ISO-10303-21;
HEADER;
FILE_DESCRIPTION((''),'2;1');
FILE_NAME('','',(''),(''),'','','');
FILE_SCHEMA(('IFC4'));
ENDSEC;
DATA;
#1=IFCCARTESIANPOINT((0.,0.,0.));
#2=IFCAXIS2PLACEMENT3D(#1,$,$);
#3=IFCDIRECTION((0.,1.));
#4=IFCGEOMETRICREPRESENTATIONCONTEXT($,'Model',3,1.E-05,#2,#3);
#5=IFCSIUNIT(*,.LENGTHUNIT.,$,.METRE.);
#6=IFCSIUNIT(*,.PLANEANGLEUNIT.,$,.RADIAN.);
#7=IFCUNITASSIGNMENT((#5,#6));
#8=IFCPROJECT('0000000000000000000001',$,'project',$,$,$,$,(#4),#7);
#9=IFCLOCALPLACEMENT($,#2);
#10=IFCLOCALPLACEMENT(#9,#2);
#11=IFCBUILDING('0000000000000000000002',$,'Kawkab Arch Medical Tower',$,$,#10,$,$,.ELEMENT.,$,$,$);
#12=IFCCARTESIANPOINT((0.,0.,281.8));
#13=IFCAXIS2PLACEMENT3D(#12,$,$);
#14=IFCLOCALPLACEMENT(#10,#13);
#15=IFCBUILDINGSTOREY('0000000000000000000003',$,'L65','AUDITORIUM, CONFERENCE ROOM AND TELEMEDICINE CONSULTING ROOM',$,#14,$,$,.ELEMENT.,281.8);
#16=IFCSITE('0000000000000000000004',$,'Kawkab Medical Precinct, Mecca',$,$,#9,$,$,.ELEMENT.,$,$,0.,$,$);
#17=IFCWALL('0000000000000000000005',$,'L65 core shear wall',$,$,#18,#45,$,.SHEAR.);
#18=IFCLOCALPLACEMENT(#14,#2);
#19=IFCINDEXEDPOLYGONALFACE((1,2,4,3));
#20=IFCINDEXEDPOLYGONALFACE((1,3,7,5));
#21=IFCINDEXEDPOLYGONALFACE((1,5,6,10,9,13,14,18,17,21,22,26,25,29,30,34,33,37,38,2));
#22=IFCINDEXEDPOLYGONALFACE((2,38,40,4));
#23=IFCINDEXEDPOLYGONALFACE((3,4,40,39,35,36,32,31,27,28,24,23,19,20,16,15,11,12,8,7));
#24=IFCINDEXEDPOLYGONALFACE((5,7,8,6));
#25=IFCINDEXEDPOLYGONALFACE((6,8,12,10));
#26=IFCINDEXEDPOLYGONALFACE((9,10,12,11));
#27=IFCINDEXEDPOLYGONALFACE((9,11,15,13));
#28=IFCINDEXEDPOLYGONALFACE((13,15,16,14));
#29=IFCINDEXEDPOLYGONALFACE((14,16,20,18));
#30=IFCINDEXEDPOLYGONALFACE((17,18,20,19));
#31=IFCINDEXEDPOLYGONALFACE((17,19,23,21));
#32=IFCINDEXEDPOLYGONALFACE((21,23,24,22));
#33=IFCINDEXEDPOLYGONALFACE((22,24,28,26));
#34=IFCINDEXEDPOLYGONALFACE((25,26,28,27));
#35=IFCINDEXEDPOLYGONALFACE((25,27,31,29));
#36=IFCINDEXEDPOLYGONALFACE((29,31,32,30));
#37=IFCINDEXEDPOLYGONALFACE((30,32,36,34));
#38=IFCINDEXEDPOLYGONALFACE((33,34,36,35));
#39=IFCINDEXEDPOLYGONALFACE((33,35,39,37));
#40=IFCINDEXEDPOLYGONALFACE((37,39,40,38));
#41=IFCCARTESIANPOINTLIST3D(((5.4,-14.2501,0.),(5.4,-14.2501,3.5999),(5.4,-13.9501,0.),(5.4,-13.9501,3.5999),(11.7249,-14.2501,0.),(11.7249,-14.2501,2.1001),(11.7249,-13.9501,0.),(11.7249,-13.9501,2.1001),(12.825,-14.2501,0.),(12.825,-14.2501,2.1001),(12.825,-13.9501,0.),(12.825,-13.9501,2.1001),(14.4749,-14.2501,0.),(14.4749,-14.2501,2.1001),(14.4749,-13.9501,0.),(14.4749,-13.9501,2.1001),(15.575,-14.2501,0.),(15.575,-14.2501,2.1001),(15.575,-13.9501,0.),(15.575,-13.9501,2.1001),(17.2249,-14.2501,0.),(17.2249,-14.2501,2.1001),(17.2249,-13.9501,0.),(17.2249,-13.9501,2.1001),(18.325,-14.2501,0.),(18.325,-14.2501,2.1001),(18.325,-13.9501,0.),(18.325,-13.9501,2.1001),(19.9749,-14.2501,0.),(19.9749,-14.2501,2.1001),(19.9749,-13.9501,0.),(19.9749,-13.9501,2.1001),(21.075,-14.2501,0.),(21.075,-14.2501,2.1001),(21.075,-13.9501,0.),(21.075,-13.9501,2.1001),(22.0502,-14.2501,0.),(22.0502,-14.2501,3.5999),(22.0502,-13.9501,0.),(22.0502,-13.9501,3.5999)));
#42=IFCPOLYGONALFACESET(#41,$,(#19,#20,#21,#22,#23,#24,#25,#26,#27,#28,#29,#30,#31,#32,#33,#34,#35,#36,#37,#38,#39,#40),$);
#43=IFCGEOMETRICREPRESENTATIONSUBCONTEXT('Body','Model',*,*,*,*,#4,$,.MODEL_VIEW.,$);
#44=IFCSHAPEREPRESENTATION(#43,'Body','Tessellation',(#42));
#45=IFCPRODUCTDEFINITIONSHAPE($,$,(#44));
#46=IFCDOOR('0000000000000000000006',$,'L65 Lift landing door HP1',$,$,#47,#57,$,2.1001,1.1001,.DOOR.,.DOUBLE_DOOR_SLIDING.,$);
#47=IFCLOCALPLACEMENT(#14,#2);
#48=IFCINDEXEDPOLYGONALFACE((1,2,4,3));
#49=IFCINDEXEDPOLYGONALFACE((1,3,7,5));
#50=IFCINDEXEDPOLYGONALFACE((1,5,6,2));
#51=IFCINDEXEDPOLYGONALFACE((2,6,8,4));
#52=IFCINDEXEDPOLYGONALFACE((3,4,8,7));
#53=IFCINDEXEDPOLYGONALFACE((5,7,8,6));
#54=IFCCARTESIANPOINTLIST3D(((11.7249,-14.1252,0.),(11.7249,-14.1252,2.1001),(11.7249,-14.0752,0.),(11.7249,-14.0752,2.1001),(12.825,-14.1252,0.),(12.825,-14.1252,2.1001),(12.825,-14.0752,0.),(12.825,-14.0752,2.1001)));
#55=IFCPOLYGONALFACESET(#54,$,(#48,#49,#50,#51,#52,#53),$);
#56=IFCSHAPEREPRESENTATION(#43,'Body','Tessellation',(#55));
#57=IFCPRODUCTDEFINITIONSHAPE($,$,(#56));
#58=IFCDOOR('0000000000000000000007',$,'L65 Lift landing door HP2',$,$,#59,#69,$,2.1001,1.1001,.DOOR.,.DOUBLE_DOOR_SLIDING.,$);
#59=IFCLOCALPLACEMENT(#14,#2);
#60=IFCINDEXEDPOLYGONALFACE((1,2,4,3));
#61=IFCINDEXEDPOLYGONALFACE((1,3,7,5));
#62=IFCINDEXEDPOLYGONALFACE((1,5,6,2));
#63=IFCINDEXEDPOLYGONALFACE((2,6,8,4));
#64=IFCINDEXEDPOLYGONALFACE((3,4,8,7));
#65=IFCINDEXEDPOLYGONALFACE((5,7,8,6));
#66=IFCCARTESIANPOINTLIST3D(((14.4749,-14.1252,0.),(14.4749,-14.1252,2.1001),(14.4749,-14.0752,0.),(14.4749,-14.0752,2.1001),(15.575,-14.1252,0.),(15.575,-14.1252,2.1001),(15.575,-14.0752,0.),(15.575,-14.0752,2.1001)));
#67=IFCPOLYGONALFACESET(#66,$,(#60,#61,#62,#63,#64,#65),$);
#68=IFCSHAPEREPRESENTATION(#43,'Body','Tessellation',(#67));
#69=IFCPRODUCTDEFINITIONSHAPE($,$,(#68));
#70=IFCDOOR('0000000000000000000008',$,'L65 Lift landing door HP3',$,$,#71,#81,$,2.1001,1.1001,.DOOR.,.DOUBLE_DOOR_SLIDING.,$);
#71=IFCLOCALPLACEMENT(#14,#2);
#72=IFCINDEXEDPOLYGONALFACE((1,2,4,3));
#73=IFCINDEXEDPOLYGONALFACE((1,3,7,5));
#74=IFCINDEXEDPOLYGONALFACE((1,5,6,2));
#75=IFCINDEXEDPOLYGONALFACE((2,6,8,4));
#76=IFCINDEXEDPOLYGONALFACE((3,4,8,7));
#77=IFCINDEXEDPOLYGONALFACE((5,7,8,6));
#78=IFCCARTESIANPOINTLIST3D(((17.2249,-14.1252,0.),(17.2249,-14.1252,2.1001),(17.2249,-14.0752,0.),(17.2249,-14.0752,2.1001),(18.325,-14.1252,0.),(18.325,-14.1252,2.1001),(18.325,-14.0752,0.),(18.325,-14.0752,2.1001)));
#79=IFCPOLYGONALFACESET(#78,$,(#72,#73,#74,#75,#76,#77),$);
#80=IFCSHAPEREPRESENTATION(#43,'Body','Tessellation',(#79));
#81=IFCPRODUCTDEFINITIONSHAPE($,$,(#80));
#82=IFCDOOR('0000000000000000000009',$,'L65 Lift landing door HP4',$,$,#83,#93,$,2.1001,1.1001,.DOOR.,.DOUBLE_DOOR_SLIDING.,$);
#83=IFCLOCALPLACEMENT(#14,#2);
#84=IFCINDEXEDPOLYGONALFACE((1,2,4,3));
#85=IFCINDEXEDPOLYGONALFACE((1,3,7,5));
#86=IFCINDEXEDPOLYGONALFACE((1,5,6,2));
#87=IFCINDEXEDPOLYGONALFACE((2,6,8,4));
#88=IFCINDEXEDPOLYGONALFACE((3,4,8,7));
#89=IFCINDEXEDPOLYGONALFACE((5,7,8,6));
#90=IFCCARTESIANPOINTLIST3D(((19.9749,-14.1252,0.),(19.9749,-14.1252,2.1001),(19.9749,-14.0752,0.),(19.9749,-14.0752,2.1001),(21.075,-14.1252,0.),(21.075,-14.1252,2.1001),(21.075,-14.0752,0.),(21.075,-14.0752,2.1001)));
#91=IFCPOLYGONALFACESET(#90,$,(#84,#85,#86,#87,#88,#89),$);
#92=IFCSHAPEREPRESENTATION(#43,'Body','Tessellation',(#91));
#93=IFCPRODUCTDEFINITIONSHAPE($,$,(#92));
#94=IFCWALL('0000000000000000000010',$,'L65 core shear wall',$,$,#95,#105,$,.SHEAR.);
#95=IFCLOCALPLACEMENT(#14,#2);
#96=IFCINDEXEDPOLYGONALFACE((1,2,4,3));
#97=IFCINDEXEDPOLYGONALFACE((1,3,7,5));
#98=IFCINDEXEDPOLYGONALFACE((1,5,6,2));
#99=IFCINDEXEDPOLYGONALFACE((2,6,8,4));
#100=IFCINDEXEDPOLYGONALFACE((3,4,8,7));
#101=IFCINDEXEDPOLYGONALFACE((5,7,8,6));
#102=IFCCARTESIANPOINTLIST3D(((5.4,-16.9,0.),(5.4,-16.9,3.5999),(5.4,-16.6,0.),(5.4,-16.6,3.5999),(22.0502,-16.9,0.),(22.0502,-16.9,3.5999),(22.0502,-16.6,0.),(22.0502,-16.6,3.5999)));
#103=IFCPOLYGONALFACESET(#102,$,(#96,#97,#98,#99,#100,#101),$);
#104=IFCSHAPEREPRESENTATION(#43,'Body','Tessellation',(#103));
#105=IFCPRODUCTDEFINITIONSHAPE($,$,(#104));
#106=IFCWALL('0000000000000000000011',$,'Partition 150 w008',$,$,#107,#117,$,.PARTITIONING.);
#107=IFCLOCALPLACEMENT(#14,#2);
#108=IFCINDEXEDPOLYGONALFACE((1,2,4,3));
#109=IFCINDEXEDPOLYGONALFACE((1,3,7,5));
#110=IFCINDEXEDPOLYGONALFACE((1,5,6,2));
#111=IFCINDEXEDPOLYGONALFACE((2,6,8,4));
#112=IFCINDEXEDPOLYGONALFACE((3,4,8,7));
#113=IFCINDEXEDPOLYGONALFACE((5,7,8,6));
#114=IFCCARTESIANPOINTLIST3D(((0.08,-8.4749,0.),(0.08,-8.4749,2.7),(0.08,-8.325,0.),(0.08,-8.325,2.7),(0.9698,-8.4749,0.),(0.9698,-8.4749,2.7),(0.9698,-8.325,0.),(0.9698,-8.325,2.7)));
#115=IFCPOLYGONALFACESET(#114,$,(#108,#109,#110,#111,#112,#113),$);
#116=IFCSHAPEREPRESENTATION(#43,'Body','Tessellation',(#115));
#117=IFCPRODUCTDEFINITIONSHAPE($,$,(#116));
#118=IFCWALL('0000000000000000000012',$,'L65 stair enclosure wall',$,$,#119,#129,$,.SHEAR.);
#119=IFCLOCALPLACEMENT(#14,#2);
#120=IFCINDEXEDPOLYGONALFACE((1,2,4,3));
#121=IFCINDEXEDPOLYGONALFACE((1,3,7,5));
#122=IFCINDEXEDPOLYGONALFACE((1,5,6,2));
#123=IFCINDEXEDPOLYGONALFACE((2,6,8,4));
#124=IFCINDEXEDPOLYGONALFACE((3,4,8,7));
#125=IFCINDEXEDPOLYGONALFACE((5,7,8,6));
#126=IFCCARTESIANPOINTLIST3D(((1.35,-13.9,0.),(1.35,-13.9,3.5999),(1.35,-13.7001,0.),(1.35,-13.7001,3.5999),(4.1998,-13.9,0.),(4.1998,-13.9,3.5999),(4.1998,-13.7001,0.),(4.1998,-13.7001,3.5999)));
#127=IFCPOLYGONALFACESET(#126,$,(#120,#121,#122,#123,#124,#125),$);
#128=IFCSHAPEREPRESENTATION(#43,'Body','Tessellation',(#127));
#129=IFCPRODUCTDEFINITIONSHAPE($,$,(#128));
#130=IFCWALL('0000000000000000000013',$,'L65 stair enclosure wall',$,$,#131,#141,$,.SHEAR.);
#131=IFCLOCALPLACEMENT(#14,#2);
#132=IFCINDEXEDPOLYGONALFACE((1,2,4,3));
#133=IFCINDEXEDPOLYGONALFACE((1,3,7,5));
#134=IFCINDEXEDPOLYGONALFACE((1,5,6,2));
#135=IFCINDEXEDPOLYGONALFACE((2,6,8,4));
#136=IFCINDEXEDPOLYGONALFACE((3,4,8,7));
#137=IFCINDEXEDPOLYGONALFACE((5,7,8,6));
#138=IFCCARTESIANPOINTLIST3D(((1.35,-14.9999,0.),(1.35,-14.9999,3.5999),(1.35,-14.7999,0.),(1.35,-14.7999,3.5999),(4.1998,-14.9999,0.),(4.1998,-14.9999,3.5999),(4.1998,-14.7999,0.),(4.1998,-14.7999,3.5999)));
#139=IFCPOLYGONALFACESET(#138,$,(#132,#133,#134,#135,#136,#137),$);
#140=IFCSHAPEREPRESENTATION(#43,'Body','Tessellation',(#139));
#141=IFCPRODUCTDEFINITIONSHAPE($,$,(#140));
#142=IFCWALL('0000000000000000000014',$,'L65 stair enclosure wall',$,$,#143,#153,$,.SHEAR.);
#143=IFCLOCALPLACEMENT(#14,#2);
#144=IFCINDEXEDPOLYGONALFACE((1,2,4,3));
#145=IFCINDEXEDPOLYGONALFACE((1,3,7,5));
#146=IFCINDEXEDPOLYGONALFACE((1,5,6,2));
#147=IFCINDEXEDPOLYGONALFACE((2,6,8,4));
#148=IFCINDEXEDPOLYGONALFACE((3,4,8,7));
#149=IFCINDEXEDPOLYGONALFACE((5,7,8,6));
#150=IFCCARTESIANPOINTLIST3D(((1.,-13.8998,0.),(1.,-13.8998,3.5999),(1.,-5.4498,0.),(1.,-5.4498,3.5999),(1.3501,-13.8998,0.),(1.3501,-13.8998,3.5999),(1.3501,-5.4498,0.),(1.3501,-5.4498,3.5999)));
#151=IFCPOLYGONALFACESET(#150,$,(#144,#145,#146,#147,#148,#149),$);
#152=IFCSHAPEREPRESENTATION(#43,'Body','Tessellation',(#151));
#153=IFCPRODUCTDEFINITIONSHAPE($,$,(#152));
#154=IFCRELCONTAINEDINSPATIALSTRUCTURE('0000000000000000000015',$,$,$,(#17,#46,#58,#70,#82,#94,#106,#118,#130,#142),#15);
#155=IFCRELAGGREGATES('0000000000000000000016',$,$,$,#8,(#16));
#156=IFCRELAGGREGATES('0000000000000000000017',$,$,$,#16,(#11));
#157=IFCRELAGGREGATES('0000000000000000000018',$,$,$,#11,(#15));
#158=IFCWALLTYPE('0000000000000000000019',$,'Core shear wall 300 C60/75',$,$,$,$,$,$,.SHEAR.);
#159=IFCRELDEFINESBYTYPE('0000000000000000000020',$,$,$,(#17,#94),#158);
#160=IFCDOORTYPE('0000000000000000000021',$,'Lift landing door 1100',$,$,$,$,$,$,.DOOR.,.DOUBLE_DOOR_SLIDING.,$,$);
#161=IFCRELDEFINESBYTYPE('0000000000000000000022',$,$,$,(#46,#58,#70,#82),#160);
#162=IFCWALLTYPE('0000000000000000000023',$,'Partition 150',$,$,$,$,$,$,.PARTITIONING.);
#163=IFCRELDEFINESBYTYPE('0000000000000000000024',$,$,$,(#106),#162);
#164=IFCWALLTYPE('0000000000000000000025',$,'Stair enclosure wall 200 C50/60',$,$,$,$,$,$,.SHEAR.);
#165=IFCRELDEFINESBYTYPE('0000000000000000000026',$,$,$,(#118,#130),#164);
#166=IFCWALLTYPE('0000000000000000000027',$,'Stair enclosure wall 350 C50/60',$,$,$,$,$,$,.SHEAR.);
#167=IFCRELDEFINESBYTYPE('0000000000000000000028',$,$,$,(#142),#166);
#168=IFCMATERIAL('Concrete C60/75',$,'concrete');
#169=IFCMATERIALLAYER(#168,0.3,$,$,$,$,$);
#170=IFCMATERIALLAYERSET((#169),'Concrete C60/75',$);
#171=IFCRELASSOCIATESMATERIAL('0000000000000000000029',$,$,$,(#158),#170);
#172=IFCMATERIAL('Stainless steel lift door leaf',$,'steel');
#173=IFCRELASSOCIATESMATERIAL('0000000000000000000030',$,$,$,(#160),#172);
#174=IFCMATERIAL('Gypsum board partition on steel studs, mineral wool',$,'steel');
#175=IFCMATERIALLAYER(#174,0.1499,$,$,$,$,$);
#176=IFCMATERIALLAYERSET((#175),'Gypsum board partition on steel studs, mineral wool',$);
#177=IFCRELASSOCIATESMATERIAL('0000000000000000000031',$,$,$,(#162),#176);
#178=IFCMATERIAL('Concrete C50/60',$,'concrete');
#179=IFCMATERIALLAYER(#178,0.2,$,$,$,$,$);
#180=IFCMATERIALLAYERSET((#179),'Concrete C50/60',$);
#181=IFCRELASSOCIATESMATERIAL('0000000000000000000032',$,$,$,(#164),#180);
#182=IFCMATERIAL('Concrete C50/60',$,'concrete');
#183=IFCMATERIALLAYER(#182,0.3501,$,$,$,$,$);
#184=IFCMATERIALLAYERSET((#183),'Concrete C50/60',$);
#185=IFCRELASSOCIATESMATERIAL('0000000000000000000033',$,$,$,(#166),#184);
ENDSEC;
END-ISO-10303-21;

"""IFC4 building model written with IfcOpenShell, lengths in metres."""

from ifc_helpers import new_model, si_unit, direction, frame, frame_2d, origin, place, context, subcontext, project, spatial, rectangle, extrude, material, layer, layer_set, type_object, element, fill, save


model = new_model("IFC4")

# Units and contexts
model_context = context("Model", 3, precision=1e-05, world=origin(), true_north=direction((0.0, 1.0)))
body_context = subcontext(model_context, "Body", "Model", "MODEL_VIEW")
ifc_project = project(units=[si_unit("LENGTHUNIT", "METRE"), si_unit("PLANEANGLEUNIT", "RADIAN")], contexts=[model_context])

# Site, building, storey
site_placement = place(None, origin())
site = spatial("IfcSite", under=ifc_project, at=site_placement, Name="Kawkab Medical Precinct, Mecca", CompositionType="ELEMENT", RefElevation=0.0)
building_placement = place(site_placement, origin())
building = spatial("IfcBuilding", under=site, at=building_placement, Name="Kawkab Arch Medical Tower", CompositionType="ELEMENT")
storey_placement = place(building_placement, frame((0.0, 0.0, 281.8)))
storey = spatial("IfcBuildingStorey", under=building, at=storey_placement, Name="L65", Description="AUDITORIUM, CONFERENCE ROOM AND TELEMEDICINE CONSULTING ROOM", CompositionType="ELEMENT", Elevation=281.8)

# Wall, openings, doors
ifc_material_1 = material(Name="Concrete C60/75", Category="concrete")
ifc_layer_1 = layer(ifc_material_1, 0.3)
ifc_layer_set_1 = layer_set([ifc_layer_1], Name="Concrete C60/75")
wall_type_1 = type_object("IfcWallType", Name="Core shear wall 300 C60/75", PredefinedType="SHEAR", material=ifc_layer_set_1)
wall_1_placement = place(storey_placement, frame((5.3999, -14.1001, 0.0), z_axis=(0.0, 0.0, 1.0), x_axis=(1.0, 0.0, 0.0)))
wall_1 = element("IfcWall", 1, at=wall_1_placement, inside=storey, type_object=wall_type_1, Name="L65 core shear wall", PredefinedType="SHEAR", context=body_context, shape_type="SweptSolid", body=[
    extrude(rectangle(XDim=16.6501, YDim=0.3, at=frame_2d((8.3252, 0.0))), origin(), (0.0, 0.0, 1.0), 3.5999),
])
opening_1_placement = place(wall_1_placement, frame((6.325, 0.0, 0.0)))
opening_1 = element("IfcOpeningElement", 2, at=opening_1_placement, cuts=wall_1, PredefinedType="OPENING", context=body_context, shape_type="SweptSolid", body=[
    extrude(rectangle(XDim=1.1001, YDim=2.1001, at=frame_2d((0.55, 1.05))), frame((0.0, 0.1599, 0.0), z_axis=(0.0, -1.0, 0.0), x_axis=(1.0, 0.0, 0.0)), (0.0, 0.0, 1.0), 0.3201),
])
opening_2_placement = place(wall_1_placement, frame((9.075, 0.0, 0.0)))
opening_2 = element("IfcOpeningElement", 3, at=opening_2_placement, cuts=wall_1, PredefinedType="OPENING", context=body_context, shape_type="SweptSolid", body=[
    extrude(rectangle(XDim=1.1001, YDim=2.1001, at=frame_2d((0.55, 1.05))), frame((0.0, 0.1599, 0.0), z_axis=(0.0, -1.0, 0.0), x_axis=(1.0, 0.0, 0.0)), (0.0, 0.0, 1.0), 0.3201),
])
opening_3_placement = place(wall_1_placement, frame((11.825, 0.0, 0.0)))
opening_3 = element("IfcOpeningElement", 4, at=opening_3_placement, cuts=wall_1, PredefinedType="OPENING", context=body_context, shape_type="SweptSolid", body=[
    extrude(rectangle(XDim=1.1001, YDim=2.1001, at=frame_2d((0.55, 1.05))), frame((0.0, 0.1599, 0.0), z_axis=(0.0, -1.0, 0.0), x_axis=(1.0, 0.0, 0.0)), (0.0, 0.0, 1.0), 0.3201),
])
opening_4_placement = place(wall_1_placement, frame((14.575, 0.0, 0.0)))
opening_4 = element("IfcOpeningElement", 5, at=opening_4_placement, cuts=wall_1, PredefinedType="OPENING", context=body_context, shape_type="SweptSolid", body=[
    extrude(rectangle(XDim=1.1001, YDim=2.1001, at=frame_2d((0.55, 1.05))), frame((0.0, 0.1599, 0.0), z_axis=(0.0, -1.0, 0.0), x_axis=(1.0, 0.0, 0.0)), (0.0, 0.0, 1.0), 0.3201),
])
ifc_material_2 = material(Name="Stainless steel lift door leaf", Category="steel")
door_type = type_object("IfcDoorType", Name="Lift landing door 1100", OperationType="DOUBLE_DOOR_SLIDING", PredefinedType="DOOR", material=ifc_material_2)
door_1_placement = place(opening_1_placement, origin())
door_1 = element("IfcDoor", 6, at=door_1_placement, inside=storey, type_object=door_type, Name="L65 Lift landing door HP1", OperationType="DOUBLE_DOOR_SLIDING", OverallHeight=2.1001, OverallWidth=1.1001, PredefinedType="DOOR", context=body_context, shape_type="SweptSolid", body=[
    extrude(rectangle(XDim=1.1001, YDim=2.1001, at=frame_2d((0.55, 1.05))), frame((0.0, 0.0249, 0.0), z_axis=(0.0, -1.0, 0.0), x_axis=(1.0, 0.0, 0.0)), (0.0, 0.0, 1.0), 0.05),
])
fill(opening_1, door_1)
door_2_placement = place(opening_2_placement, origin())
door_2 = element("IfcDoor", 7, at=door_2_placement, inside=storey, type_object=door_type, Name="L65 Lift landing door HP2", OperationType="DOUBLE_DOOR_SLIDING", OverallHeight=2.1001, OverallWidth=1.1001, PredefinedType="DOOR", context=body_context, shape_type="SweptSolid", body=[
    extrude(rectangle(XDim=1.1001, YDim=2.1001, at=frame_2d((0.55, 1.05))), frame((0.0, 0.0249, 0.0), z_axis=(0.0, -1.0, 0.0), x_axis=(1.0, 0.0, 0.0)), (0.0, 0.0, 1.0), 0.05),
])
fill(opening_2, door_2)
door_3_placement = place(opening_3_placement, origin())
door_3 = element("IfcDoor", 8, at=door_3_placement, inside=storey, type_object=door_type, Name="L65 Lift landing door HP3", OperationType="DOUBLE_DOOR_SLIDING", OverallHeight=2.1001, OverallWidth=1.1001, PredefinedType="DOOR", context=body_context, shape_type="SweptSolid", body=[
    extrude(rectangle(XDim=1.1001, YDim=2.1001, at=frame_2d((0.55, 1.05))), frame((0.0, 0.0249, 0.0), z_axis=(0.0, -1.0, 0.0), x_axis=(1.0, 0.0, 0.0)), (0.0, 0.0, 1.0), 0.05),
])
fill(opening_3, door_3)
door_4_placement = place(opening_4_placement, origin())
door_4 = element("IfcDoor", 9, at=door_4_placement, inside=storey, type_object=door_type, Name="L65 Lift landing door HP4", OperationType="DOUBLE_DOOR_SLIDING", OverallHeight=2.1001, OverallWidth=1.1001, PredefinedType="DOOR", context=body_context, shape_type="SweptSolid", body=[
    extrude(rectangle(XDim=1.1001, YDim=2.1001, at=frame_2d((0.55, 1.05))), frame((0.0, 0.0249, 0.0), z_axis=(0.0, -1.0, 0.0), x_axis=(1.0, 0.0, 0.0)), (0.0, 0.0, 1.0), 0.05),
])
fill(opening_4, door_4)

# Walls
wall_2_placement = place(storey_placement, frame((5.3999, -16.75, 0.0), z_axis=(0.0, 0.0, 1.0), x_axis=(1.0, 0.0, 0.0)))
element("IfcWall", 10, at=wall_2_placement, inside=storey, type_object=wall_type_1, Name="L65 core shear wall", PredefinedType="SHEAR", context=body_context, shape_type="SweptSolid", body=[
    extrude(rectangle(XDim=16.6501, YDim=0.3, at=frame_2d((8.3252, 0.0))), origin(), (0.0, 0.0, 1.0), 3.5999),
])
ifc_material_3 = material(Name="Gypsum board partition on steel studs, mineral wool", Category="steel")
ifc_layer_2 = layer(ifc_material_3, 0.1499)
ifc_layer_set_2 = layer_set([ifc_layer_2], Name="Gypsum board partition on steel studs, mineral wool")
wall_type_2 = type_object("IfcWallType", Name="Partition 150", PredefinedType="PARTITIONING", material=ifc_layer_set_2)
wall_3_placement = place(storey_placement, frame((0.0801, -8.3999, 0.0), z_axis=(0.0, 0.0, 1.0), x_axis=(1.0, 0.0, 0.0)))
element("IfcWall", 11, at=wall_3_placement, inside=storey, type_object=wall_type_2, Name="Partition 150 w008", PredefinedType="PARTITIONING", context=body_context, shape_type="SweptSolid", body=[
    extrude(rectangle(XDim=0.8899, YDim=0.1499, at=frame_2d((0.4448, 0.0))), origin(), (0.0, 0.0, 1.0), 2.7),
])
ifc_material_4 = material(Name="Concrete C50/60", Category="concrete")
ifc_layer_3 = layer(ifc_material_4, 0.2)
ifc_layer_set_3 = layer_set([ifc_layer_3], Name="Concrete C50/60")
wall_type_3 = type_object("IfcWallType", Name="Stair enclosure wall 200 C50/60", PredefinedType="SHEAR", material=ifc_layer_set_3)
for number, where, z_axis, x_axis, name in (
    (12, (1.3501, -13.8, 0.0), (0.0, 0.0, 1.0), (1.0, 0.0, 0.0), "L65 stair enclosure wall"),
    (13, (1.3501, -14.8999, 0.0), (0.0, 0.0, 1.0), (1.0, 0.0, 0.0), "L65 stair enclosure wall"),
):
    element("IfcWall", number, at=place(storey_placement, frame(where, z_axis=z_axis, x_axis=x_axis)), inside=storey, type_object=wall_type_3, Name=name, PredefinedType="SHEAR", context=body_context, shape_type="SweptSolid", body=[
        extrude(rectangle(XDim=2.8499, YDim=0.2, at=frame_2d((1.4248, 0.0))), origin(), (0.0, 0.0, 1.0), 3.5999),
    ])
ifc_material_5 = material(Name="Concrete C50/60", Category="concrete")
ifc_layer_4 = layer(ifc_material_5, 0.3501)
ifc_layer_set_4 = layer_set([ifc_layer_4], Name="Concrete C50/60")
wall_type_4 = type_object("IfcWallType", Name="Stair enclosure wall 350 C50/60", PredefinedType="SHEAR", material=ifc_layer_set_4)
wall_4_placement = place(storey_placement, frame((1.175, -13.8999, 0.0), z_axis=(0.0, 0.0, 1.0), x_axis=(0.0, 1.0, 0.0)))
element("IfcWall", 14, at=wall_4_placement, inside=storey, type_object=wall_type_4, Name="L65 stair enclosure wall", PredefinedType="SHEAR", context=body_context, shape_type="SweptSolid", body=[
    extrude(rectangle(XDim=8.45, YDim=0.3501, at=frame_2d((4.2251, 0.0))), origin(), (0.0, 0.0, 1.0), 3.5999),
])

save(model, "model.ifc")
